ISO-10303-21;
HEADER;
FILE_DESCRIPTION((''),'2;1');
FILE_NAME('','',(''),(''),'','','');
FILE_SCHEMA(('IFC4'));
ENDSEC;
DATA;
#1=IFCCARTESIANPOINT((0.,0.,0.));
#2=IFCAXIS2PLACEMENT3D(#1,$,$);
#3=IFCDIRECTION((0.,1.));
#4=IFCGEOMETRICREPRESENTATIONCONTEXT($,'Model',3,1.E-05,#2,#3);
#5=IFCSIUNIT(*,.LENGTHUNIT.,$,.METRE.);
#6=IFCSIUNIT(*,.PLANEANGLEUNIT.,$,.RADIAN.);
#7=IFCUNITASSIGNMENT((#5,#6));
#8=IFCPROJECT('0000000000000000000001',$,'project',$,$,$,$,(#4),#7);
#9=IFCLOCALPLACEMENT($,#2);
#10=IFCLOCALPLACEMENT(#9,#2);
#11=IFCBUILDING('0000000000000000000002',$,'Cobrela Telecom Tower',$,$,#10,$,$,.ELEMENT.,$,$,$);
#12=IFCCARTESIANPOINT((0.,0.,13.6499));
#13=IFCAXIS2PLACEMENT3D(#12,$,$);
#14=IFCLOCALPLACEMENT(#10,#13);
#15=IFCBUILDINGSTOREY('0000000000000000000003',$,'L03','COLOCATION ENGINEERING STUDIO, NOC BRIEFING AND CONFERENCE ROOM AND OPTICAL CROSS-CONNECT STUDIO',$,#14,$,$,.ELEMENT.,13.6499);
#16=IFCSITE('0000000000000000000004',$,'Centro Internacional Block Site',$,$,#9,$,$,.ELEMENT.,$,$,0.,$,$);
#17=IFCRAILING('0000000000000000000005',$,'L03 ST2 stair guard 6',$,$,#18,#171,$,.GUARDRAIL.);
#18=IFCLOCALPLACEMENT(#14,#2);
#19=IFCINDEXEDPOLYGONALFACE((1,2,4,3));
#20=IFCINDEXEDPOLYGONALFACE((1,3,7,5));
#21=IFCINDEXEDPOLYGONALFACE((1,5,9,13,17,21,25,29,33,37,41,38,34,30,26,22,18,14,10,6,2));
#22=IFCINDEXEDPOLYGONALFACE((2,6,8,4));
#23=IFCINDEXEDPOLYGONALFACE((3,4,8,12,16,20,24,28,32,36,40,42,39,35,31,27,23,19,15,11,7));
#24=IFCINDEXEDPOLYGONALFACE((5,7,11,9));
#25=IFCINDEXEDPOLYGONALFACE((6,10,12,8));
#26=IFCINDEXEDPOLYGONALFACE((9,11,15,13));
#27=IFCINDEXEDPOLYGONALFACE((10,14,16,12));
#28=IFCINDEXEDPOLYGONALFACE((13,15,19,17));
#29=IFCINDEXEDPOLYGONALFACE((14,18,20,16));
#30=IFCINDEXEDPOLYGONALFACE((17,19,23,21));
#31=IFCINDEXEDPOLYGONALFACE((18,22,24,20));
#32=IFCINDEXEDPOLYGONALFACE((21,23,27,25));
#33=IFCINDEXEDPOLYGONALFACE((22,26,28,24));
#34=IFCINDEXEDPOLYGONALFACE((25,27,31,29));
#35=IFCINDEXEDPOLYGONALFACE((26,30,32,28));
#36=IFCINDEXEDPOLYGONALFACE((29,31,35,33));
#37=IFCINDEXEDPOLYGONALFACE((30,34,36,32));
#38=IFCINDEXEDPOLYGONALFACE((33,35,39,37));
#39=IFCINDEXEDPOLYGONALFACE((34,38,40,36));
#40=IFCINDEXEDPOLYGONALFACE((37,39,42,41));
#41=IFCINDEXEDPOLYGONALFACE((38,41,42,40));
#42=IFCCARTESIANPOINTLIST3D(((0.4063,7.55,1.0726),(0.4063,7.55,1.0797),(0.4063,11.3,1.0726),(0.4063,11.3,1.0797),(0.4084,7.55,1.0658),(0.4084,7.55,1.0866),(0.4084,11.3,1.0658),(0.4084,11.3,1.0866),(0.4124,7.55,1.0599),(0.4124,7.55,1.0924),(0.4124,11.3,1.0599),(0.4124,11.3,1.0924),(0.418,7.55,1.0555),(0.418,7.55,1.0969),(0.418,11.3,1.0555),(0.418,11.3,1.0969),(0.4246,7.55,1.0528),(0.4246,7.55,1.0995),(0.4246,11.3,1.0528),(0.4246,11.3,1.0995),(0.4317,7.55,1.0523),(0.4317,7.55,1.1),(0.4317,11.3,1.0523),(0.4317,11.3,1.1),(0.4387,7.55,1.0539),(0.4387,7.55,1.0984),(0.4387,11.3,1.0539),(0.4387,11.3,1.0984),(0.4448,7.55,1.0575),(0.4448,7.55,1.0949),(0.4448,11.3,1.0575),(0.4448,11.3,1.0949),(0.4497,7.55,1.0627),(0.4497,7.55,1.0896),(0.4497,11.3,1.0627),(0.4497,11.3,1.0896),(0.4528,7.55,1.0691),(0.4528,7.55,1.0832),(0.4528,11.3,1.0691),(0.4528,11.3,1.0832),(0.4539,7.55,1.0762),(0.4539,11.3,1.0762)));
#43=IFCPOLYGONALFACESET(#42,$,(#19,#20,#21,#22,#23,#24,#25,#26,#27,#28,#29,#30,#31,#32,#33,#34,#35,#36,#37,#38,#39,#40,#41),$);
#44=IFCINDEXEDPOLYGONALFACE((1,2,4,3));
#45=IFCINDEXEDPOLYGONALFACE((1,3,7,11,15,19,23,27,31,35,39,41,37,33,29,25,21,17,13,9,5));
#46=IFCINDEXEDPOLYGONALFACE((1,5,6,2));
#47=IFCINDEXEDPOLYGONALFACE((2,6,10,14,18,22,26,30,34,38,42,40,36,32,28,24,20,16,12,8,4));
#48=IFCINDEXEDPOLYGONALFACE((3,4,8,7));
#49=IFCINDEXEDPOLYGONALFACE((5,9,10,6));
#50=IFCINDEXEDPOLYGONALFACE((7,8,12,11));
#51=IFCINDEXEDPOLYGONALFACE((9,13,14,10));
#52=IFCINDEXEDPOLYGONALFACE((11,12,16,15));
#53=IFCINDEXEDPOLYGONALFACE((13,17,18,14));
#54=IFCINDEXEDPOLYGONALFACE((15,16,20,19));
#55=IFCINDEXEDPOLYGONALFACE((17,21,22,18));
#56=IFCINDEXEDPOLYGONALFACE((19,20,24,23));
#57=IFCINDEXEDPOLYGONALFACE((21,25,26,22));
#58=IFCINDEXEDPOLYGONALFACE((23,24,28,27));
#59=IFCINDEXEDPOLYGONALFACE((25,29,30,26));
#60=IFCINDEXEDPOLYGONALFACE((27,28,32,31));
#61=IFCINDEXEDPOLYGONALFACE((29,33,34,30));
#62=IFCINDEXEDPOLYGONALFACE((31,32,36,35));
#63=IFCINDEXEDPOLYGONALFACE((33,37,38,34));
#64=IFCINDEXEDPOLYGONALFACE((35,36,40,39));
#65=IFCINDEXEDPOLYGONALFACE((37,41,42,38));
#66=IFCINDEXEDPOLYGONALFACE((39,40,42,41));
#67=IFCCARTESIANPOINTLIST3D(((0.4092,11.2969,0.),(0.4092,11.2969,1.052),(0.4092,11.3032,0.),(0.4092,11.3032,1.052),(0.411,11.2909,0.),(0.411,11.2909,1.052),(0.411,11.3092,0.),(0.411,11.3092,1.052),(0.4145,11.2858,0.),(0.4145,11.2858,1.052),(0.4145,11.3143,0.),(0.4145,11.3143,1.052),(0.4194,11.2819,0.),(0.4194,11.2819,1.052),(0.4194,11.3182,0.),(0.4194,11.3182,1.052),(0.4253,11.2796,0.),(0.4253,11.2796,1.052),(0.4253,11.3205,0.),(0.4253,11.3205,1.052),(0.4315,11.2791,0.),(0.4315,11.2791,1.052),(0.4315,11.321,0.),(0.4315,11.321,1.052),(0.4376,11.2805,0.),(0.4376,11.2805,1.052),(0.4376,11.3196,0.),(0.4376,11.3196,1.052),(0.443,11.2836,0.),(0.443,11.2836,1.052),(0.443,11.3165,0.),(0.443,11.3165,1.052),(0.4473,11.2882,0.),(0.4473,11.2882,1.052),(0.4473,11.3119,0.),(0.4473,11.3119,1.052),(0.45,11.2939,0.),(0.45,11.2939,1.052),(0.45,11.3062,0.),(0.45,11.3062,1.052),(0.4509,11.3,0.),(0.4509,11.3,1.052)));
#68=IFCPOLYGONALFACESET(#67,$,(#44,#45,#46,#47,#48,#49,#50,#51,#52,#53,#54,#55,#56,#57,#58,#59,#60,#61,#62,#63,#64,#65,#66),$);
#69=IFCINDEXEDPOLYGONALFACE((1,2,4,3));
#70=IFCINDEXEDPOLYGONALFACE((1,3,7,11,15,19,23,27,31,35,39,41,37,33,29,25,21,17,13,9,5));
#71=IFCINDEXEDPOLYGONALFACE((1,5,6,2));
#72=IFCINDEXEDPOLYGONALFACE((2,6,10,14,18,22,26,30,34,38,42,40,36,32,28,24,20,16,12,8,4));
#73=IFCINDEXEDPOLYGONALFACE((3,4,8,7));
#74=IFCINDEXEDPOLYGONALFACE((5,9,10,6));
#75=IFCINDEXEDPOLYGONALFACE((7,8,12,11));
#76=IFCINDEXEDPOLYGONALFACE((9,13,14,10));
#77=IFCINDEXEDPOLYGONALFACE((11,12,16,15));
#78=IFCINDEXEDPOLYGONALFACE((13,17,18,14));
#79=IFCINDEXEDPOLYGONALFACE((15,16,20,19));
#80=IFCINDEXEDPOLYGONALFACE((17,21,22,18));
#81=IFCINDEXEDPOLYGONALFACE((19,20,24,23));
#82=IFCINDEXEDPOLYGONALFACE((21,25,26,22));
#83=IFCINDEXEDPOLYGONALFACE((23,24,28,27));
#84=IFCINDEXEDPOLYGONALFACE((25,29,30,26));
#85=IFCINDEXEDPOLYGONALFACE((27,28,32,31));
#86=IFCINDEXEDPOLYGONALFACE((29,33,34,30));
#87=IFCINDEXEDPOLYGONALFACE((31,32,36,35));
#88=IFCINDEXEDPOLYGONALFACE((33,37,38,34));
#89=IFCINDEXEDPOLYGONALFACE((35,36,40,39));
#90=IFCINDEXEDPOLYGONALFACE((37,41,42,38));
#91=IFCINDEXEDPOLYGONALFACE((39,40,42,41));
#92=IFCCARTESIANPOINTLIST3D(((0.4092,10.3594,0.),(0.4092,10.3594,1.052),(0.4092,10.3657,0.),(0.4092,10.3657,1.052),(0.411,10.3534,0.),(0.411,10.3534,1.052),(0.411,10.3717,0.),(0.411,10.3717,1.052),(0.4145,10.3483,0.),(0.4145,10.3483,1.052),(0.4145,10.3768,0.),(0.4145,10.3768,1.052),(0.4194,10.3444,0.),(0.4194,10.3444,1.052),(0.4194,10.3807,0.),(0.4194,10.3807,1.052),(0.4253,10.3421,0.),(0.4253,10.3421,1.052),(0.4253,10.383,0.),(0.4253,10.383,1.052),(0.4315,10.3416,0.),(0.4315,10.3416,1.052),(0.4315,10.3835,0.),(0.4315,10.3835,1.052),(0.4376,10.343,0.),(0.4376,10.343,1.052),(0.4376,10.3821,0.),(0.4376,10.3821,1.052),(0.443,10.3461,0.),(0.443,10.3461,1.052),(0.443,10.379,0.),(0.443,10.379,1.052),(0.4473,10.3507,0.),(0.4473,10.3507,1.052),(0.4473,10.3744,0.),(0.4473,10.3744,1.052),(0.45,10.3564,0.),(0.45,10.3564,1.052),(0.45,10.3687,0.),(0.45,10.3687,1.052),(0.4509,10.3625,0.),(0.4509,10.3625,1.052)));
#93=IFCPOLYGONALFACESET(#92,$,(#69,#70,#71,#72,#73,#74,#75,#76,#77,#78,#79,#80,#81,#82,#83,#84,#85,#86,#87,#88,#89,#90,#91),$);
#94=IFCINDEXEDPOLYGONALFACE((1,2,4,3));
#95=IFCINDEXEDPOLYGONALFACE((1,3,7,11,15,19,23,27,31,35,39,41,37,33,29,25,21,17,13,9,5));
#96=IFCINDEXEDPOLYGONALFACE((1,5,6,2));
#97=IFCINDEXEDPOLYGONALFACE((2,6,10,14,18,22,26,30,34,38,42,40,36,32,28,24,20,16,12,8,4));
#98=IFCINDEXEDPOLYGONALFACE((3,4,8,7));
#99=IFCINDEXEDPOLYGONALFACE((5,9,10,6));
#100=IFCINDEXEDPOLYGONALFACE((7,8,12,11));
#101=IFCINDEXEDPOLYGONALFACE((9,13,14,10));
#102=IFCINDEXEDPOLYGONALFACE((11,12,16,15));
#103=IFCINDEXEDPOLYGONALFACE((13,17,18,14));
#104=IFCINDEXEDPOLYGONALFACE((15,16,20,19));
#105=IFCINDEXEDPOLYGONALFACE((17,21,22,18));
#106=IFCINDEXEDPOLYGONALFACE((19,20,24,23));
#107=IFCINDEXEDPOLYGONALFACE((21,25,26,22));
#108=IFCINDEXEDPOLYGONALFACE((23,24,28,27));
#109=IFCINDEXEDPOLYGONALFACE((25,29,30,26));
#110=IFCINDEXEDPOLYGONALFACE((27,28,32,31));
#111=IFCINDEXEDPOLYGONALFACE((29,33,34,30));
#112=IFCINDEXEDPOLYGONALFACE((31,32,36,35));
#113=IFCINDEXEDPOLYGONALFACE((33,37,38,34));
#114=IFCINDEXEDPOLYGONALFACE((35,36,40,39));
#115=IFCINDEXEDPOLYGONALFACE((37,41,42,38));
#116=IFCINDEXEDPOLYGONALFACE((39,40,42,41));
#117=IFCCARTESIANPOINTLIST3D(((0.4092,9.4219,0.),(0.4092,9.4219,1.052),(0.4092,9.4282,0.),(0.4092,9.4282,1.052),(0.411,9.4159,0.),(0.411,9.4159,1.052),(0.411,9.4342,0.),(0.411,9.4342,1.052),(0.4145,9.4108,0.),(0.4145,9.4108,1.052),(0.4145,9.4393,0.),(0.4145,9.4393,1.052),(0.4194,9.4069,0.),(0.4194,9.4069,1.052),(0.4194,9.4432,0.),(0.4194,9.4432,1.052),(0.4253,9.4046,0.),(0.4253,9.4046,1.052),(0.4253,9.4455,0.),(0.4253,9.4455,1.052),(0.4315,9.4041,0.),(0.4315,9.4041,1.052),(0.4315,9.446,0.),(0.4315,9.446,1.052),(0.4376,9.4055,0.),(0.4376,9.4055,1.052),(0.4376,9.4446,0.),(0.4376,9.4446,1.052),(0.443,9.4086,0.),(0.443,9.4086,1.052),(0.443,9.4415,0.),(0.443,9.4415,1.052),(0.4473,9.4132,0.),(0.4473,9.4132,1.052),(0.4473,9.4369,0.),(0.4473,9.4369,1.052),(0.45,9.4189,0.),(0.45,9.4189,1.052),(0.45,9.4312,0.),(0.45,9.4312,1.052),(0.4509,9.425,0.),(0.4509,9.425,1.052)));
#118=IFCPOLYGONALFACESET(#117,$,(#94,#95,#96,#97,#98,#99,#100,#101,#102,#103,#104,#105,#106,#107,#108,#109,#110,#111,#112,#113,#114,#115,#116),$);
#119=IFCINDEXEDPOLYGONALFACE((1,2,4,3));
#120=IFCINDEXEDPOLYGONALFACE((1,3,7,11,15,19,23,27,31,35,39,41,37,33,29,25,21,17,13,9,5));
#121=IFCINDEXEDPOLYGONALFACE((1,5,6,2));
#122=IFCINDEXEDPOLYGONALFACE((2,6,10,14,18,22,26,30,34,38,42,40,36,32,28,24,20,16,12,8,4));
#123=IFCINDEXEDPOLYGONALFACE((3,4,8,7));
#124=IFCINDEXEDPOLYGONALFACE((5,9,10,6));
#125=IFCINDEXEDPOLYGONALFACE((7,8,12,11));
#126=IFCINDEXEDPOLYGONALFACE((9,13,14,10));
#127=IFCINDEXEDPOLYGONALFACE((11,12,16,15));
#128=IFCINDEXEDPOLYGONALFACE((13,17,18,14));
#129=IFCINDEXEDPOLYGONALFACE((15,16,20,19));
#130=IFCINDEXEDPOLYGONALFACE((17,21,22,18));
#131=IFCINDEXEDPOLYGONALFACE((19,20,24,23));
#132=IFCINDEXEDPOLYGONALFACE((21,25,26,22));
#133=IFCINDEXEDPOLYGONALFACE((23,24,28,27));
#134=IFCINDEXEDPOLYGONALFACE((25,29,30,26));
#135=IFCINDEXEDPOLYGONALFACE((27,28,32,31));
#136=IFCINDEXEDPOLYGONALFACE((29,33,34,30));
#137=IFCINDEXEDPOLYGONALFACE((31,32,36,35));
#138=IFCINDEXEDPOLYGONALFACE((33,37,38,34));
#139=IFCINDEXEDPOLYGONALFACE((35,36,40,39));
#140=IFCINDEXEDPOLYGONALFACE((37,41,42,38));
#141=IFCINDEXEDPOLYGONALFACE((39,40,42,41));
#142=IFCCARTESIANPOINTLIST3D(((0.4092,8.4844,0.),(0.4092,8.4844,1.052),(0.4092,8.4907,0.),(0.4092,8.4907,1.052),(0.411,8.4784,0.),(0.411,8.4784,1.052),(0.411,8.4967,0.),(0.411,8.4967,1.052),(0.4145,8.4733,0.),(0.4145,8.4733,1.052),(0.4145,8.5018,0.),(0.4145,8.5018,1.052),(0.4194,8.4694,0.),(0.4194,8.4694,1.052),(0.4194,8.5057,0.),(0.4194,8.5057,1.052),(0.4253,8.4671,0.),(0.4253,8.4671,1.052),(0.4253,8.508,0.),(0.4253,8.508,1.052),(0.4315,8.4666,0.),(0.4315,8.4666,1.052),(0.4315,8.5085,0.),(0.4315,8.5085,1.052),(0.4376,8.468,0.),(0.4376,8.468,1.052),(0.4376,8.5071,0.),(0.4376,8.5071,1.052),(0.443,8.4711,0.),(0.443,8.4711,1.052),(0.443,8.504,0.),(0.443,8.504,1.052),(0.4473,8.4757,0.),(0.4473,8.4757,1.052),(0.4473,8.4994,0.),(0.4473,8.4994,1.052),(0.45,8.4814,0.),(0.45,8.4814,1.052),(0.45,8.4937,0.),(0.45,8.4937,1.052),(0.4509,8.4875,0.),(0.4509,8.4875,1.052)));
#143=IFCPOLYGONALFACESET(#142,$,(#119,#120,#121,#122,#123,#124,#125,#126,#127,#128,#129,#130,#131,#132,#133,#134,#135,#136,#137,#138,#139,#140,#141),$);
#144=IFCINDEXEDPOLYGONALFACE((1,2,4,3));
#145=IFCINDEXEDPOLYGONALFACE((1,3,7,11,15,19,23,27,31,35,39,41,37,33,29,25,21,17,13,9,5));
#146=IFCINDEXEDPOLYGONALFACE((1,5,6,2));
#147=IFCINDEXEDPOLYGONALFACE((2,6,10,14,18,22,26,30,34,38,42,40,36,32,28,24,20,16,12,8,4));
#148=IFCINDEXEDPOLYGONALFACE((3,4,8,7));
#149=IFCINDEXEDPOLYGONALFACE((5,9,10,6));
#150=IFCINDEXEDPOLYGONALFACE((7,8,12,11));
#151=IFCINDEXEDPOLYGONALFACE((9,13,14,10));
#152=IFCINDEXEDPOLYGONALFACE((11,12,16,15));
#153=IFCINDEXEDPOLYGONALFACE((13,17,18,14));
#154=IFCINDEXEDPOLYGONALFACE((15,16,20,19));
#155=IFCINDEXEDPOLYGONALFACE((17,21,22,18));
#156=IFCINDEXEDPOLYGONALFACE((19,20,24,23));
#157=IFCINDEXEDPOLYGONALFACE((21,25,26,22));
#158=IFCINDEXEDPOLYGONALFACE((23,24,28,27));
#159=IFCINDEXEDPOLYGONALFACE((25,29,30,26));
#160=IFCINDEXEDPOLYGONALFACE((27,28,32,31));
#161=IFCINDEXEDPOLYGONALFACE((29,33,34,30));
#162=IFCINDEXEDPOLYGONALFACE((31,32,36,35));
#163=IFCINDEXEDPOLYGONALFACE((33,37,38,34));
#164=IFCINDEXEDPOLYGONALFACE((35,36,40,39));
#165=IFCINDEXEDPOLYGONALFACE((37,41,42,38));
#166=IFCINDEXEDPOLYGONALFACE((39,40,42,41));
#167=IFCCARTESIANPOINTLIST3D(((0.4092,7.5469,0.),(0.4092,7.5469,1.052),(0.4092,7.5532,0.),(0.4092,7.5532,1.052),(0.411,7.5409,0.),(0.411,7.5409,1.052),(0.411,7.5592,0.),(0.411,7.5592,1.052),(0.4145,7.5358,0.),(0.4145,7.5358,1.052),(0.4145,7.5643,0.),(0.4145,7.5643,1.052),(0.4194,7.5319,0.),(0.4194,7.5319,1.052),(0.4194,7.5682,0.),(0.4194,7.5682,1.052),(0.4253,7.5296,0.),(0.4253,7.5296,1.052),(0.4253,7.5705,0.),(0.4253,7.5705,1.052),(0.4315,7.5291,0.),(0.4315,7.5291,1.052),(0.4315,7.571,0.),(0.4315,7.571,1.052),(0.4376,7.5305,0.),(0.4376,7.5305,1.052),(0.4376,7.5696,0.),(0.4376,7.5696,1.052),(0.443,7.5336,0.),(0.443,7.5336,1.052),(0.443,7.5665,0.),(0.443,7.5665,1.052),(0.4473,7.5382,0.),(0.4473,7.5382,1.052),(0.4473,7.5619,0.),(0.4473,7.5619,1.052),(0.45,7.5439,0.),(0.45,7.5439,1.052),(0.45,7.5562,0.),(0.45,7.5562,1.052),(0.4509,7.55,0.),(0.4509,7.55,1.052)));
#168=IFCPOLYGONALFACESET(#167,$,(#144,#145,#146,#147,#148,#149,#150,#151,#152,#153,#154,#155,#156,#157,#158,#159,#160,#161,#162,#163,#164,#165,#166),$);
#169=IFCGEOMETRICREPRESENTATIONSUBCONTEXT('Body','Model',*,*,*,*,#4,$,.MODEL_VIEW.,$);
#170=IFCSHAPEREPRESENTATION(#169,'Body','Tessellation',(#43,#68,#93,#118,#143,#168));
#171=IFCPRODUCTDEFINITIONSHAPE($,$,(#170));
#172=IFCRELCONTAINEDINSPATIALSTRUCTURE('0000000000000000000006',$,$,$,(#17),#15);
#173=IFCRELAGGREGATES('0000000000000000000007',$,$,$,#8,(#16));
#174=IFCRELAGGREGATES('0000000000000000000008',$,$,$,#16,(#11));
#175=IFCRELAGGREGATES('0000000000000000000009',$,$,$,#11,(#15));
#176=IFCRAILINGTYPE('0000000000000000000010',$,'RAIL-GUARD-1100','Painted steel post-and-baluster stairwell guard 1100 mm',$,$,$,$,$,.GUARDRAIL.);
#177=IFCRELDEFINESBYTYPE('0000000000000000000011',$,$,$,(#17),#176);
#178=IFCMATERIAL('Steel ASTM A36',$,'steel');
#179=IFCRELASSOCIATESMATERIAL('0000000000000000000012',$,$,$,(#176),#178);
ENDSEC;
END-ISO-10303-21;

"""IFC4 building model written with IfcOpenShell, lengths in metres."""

from ifc_helpers import new_model, si_unit, direction, frame, origin, origin_2d, place, context, subcontext, project, spatial, circle, extrude, material, type_object, element, save


model = new_model("IFC4")

# Units and contexts
model_context = context("Model", 3, precision=1e-05, world=origin(), true_north=direction((0.0, 1.0)))
body_context = subcontext(model_context, "Body", "Model", "MODEL_VIEW")
ifc_project = project(units=[si_unit("LENGTHUNIT", "METRE"), si_unit("PLANEANGLEUNIT", "RADIAN")], contexts=[model_context])

# Site, building, storey
site_placement = place(None, origin())
site = spatial("IfcSite", under=ifc_project, at=site_placement, Name="Centro Internacional Block Site", CompositionType="ELEMENT", RefElevation=0.0)
building_placement = place(site_placement, origin())
building = spatial("IfcBuilding", under=site, at=building_placement, Name="Cobrela Telecom Tower", CompositionType="ELEMENT")
storey_placement = place(building_placement, frame((0.0, 0.0, 13.6499)))
storey = spatial("IfcBuildingStorey", under=building, at=storey_placement, Name="L03", Description="COLOCATION ENGINEERING STUDIO, NOC BRIEFING AND CONFERENCE ROOM AND OPTICAL CROSS-CONNECT STUDIO", CompositionType="ELEMENT", Elevation=13.6499)

# Railing
ifc_material_1 = material(Name="Steel ASTM A36", Category="steel")
railing_type_1 = type_object("IfcRailingType", Name="RAIL-GUARD-1100", Description="Painted steel post-and-baluster stairwell guard 1100 mm", PredefinedType="GUARDRAIL", material=ifc_material_1)
railing_1_placement = place(storey_placement, frame((0.4299, 11.3, 0.0)))
element("IfcRailing", 1, at=railing_1_placement, inside=storey, type_object=railing_type_1, Name="L03 ST2 stair guard 6", PredefinedType="GUARDRAIL", context=body_context, shape_type="SweptSolid", body=[
    extrude(circle(Radius=0.0239, at=origin_2d()), frame((0.0, 0.0, 1.0762), z_axis=(0.0, -1.0, 0.0), x_axis=(1.0, 0.0, 0.0)), (0.0, 0.0, 1.0), 3.75),
    extrude(circle(Radius=0.021, at=origin_2d()), origin(), (0.0, 0.0, 1.0), 1.052),
    extrude(circle(Radius=0.021, at=origin_2d()), frame((0.0, -0.9375, 0.0)), (0.0, 0.0, 1.0), 1.052),
    extrude(circle(Radius=0.021, at=origin_2d()), frame((0.0, -1.875, 0.0)), (0.0, 0.0, 1.0), 1.052),
    extrude(circle(Radius=0.021, at=origin_2d()), frame((0.0, -2.8125, 0.0)), (0.0, 0.0, 1.0), 1.052),
    extrude(circle(Radius=0.021, at=origin_2d()), frame((0.0, -3.75, 0.0)), (0.0, 0.0, 1.0), 1.052),
])

save(model, "model.ifc")
